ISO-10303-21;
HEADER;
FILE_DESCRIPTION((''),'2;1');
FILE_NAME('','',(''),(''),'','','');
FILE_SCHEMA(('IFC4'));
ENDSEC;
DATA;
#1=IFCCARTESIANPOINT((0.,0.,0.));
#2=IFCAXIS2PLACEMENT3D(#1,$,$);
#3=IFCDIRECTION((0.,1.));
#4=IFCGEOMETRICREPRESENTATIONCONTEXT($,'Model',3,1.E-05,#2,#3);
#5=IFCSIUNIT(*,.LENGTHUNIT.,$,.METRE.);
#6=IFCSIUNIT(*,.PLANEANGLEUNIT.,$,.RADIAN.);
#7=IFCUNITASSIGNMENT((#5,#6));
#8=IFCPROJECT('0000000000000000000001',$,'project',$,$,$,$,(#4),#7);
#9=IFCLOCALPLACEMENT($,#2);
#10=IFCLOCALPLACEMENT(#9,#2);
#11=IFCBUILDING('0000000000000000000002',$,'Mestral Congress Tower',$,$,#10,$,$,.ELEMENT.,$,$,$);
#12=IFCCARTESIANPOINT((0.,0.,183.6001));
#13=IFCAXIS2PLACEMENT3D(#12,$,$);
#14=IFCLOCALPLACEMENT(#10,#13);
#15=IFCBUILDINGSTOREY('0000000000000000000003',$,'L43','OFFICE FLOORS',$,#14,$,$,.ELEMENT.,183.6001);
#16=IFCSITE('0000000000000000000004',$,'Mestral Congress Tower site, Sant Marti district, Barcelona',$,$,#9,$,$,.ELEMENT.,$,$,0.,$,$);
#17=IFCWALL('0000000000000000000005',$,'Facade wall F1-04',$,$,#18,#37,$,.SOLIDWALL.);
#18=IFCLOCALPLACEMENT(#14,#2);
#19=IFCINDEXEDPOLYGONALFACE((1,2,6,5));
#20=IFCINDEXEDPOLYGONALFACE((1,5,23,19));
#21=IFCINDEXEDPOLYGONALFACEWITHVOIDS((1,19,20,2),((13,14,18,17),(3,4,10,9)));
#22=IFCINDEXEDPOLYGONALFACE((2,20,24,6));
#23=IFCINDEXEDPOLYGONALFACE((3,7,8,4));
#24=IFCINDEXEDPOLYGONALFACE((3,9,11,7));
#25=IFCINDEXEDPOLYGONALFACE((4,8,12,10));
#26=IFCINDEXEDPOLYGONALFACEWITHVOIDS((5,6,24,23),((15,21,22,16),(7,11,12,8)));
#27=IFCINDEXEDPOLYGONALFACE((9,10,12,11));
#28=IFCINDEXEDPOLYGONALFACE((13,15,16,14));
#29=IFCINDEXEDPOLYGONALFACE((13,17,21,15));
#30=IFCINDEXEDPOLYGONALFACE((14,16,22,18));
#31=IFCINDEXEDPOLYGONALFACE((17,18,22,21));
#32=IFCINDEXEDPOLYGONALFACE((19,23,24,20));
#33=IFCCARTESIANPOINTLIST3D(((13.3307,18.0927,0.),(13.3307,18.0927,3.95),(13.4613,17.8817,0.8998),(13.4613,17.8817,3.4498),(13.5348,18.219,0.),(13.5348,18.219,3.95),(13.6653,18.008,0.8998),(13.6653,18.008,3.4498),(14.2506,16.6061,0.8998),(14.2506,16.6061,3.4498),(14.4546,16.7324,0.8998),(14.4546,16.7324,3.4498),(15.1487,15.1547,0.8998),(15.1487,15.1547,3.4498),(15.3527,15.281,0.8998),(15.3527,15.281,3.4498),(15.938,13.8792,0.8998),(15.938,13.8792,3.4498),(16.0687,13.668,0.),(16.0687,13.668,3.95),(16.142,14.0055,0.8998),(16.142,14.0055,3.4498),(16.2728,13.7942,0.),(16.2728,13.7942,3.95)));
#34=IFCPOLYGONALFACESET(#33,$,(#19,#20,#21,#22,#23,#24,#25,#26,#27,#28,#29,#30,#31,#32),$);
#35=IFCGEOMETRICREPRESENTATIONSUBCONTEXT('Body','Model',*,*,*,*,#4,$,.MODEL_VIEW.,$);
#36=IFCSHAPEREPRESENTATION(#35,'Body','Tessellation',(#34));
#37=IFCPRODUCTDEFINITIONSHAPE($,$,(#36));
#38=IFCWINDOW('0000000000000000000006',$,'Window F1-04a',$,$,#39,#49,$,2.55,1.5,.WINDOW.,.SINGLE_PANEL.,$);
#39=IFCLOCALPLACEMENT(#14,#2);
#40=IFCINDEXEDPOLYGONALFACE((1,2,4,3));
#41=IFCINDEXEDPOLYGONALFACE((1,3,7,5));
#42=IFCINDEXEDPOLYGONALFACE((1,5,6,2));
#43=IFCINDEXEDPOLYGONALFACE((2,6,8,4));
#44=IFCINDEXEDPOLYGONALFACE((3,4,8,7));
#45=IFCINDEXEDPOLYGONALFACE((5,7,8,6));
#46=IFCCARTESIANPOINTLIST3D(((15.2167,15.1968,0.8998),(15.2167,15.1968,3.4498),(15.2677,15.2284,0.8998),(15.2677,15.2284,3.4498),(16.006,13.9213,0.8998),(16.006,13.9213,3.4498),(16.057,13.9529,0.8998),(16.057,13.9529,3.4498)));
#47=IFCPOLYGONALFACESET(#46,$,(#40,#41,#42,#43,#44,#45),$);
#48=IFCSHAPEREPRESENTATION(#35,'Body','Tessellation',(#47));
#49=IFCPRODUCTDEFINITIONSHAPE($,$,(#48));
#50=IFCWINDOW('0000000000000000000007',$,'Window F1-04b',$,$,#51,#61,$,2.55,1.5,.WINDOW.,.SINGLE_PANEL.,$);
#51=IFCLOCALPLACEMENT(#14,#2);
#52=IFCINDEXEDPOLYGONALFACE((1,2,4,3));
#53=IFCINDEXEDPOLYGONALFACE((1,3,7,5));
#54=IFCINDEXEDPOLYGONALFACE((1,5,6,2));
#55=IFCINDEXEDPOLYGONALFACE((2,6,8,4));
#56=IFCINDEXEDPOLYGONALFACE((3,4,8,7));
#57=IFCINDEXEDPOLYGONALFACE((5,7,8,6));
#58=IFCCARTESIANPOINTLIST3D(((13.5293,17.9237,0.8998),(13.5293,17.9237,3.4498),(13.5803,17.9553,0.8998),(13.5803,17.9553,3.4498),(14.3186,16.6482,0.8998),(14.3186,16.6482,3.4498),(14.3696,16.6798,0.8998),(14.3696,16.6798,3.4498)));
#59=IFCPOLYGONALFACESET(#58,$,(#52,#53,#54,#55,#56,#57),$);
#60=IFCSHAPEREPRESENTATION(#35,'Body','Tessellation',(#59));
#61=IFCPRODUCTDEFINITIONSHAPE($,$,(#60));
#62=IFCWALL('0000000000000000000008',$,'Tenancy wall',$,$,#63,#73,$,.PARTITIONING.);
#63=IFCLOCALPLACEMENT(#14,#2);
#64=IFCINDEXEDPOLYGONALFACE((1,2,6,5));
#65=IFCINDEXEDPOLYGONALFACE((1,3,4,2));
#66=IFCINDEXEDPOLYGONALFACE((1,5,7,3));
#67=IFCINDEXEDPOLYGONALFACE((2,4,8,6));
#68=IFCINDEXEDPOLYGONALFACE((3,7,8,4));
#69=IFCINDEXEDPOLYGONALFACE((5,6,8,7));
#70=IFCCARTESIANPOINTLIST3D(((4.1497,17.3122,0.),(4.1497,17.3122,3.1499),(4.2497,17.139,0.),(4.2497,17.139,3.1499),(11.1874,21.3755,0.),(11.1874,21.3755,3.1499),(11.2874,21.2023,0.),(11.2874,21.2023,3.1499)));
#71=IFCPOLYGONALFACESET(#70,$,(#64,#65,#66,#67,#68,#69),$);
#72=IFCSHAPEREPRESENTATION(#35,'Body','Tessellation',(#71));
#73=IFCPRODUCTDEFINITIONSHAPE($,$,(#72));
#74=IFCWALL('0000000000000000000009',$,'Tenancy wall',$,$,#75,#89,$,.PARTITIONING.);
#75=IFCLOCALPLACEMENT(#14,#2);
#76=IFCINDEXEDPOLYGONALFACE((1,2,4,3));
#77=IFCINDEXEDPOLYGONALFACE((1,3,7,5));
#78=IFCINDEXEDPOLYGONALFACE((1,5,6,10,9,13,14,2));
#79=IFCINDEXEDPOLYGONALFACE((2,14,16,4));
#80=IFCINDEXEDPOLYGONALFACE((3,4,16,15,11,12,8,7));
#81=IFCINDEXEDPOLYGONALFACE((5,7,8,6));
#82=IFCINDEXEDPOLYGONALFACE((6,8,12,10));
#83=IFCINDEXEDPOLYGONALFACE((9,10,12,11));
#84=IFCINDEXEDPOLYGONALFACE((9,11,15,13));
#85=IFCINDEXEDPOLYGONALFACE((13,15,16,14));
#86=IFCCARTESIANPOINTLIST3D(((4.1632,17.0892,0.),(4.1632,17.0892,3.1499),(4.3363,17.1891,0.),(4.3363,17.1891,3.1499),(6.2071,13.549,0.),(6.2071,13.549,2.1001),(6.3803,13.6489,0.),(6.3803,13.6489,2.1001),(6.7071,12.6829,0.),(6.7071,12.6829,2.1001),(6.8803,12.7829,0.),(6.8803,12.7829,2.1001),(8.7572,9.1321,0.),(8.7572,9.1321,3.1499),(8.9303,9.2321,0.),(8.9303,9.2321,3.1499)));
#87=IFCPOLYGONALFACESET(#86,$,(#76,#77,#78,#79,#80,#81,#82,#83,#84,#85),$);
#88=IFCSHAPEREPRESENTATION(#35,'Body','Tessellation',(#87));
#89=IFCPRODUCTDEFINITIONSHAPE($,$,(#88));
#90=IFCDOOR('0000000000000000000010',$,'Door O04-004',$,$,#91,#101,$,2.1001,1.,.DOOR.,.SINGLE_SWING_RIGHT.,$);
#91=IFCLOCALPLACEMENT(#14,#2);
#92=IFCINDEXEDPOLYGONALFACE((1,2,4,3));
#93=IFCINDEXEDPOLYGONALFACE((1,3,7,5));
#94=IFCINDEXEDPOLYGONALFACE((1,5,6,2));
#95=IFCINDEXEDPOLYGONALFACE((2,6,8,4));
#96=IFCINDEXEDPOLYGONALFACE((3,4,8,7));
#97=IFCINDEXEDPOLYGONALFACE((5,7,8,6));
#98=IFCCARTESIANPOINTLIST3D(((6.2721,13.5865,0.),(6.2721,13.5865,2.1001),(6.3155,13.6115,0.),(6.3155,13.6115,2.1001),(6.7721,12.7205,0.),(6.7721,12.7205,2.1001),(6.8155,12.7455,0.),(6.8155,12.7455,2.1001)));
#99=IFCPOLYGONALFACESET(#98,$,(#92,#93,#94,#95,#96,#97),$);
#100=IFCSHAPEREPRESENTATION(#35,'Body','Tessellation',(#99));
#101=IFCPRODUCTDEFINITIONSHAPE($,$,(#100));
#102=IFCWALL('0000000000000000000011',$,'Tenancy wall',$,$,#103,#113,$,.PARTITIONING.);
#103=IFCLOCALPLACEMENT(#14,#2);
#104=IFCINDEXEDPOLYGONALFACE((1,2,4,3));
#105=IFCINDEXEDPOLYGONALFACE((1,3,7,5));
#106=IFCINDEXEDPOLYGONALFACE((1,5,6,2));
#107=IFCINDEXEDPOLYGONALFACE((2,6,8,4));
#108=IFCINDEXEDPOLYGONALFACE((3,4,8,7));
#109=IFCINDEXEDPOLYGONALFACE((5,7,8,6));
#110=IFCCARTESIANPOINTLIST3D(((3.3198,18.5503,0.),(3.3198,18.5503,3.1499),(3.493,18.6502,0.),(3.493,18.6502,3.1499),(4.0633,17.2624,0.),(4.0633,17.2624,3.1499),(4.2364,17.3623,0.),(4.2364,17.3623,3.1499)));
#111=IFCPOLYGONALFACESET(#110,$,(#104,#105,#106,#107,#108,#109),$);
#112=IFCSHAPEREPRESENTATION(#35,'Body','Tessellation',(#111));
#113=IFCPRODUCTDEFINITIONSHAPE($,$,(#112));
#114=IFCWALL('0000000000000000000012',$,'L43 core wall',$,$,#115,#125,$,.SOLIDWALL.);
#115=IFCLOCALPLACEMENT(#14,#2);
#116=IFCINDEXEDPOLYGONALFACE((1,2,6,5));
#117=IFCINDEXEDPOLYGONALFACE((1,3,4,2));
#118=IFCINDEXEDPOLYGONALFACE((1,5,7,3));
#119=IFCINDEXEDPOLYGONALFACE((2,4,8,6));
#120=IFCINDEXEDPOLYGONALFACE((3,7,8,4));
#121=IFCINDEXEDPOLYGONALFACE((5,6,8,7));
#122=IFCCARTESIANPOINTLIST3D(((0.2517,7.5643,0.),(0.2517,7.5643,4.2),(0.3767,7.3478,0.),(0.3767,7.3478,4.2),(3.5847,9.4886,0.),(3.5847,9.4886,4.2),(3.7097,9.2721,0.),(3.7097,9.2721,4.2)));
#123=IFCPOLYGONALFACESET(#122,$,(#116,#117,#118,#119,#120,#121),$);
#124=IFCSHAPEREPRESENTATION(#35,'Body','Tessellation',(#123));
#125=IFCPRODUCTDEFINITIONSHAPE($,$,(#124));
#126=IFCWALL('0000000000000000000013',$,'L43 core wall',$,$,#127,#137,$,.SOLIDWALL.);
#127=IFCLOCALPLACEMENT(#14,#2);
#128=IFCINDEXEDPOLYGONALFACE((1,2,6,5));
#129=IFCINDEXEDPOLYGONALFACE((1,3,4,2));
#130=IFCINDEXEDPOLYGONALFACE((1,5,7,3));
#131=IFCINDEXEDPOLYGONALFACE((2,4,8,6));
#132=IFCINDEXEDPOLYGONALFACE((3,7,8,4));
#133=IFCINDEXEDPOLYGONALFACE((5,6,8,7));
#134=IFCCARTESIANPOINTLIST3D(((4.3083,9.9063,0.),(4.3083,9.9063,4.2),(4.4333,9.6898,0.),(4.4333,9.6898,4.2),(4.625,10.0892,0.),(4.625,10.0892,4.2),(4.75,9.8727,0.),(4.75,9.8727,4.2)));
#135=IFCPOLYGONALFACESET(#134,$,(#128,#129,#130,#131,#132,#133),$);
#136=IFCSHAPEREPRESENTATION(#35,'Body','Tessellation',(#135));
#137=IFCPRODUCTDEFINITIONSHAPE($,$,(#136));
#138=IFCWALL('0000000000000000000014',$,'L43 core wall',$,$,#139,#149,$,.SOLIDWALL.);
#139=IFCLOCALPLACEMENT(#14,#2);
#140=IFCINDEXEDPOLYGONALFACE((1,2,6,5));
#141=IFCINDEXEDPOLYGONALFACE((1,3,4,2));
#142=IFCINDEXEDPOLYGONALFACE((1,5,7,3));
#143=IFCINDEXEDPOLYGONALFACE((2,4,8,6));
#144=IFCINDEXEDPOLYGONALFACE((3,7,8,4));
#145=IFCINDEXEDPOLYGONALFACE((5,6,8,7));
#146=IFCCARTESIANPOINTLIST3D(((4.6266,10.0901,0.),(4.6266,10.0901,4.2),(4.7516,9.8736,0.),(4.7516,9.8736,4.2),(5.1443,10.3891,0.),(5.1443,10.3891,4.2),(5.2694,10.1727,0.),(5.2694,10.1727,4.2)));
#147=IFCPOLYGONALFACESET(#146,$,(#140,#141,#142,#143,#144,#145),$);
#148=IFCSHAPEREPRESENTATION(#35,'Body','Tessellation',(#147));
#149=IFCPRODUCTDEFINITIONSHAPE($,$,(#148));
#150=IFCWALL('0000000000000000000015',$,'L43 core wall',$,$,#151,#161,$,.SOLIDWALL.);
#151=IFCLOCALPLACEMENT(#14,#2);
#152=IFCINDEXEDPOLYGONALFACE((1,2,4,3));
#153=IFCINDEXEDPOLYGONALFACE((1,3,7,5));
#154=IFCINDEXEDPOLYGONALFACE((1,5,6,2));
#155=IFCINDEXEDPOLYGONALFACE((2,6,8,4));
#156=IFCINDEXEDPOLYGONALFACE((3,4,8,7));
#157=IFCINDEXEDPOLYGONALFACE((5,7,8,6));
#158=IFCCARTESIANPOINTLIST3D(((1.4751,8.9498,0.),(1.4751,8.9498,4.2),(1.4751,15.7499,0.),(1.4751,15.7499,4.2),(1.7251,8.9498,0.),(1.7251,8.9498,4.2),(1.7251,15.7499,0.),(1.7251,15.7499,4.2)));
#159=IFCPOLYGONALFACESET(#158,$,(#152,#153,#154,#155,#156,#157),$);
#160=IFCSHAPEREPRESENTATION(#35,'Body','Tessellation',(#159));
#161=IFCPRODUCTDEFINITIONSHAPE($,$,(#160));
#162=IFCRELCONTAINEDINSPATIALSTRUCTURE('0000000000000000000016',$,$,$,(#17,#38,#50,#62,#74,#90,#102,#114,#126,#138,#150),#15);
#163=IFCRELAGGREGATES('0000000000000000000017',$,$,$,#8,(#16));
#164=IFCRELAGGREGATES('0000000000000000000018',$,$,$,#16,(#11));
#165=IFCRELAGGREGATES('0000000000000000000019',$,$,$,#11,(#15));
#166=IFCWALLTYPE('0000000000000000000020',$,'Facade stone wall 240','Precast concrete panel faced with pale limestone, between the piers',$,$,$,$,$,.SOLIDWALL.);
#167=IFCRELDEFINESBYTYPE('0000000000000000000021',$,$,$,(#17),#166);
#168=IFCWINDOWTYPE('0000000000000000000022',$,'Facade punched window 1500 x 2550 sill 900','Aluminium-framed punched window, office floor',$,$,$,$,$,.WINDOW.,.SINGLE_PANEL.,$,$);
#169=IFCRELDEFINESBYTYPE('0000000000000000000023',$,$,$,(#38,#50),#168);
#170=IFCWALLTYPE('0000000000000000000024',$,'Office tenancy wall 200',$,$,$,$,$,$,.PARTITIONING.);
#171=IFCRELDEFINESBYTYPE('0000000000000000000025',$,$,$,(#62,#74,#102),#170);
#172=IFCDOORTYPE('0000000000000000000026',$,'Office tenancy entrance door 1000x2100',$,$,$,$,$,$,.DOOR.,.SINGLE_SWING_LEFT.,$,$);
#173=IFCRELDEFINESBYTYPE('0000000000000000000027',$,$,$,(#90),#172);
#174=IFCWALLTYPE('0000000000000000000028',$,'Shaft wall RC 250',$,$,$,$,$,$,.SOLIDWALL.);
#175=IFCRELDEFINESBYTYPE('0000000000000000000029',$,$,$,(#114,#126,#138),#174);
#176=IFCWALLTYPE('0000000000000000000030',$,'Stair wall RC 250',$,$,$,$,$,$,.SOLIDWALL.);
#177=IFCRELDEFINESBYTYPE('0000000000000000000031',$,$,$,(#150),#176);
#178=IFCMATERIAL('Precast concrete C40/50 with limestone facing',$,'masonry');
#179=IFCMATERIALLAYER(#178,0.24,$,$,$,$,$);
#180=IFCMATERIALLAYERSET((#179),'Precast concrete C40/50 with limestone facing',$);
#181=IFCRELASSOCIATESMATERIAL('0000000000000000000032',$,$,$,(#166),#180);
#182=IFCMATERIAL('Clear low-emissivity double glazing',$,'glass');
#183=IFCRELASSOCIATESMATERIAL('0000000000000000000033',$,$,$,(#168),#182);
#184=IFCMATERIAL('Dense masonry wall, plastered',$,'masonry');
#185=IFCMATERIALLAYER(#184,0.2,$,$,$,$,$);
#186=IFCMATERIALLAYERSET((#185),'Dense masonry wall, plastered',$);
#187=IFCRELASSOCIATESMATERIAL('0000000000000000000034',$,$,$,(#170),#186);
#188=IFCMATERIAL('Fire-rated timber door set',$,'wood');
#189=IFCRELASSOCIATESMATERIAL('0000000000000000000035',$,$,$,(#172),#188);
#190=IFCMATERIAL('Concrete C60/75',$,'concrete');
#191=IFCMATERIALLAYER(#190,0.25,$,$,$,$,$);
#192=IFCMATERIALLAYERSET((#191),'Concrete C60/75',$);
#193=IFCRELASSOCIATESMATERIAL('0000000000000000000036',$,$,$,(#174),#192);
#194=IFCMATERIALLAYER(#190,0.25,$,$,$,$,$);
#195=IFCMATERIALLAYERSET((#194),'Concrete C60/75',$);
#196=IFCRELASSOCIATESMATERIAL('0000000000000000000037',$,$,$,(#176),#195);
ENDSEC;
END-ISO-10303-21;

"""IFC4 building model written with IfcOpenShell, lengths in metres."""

from ifc_helpers import new_model, si_unit, direction, frame, frame_2d, origin, place, context, subcontext, project, spatial, rectangle, extrude, material, layer, layer_set, type_object, element, fill, save


model = new_model("IFC4")

# Units and contexts
model_context = context("Model", 3, precision=1e-05, world=origin(), true_north=direction((0.0, 1.0)))
body_context = subcontext(model_context, "Body", "Model", "MODEL_VIEW")
ifc_project = project(units=[si_unit("LENGTHUNIT", "METRE"), si_unit("PLANEANGLEUNIT", "RADIAN")], contexts=[model_context])

# Site, building, storey
site_placement = place(None, origin())
site = spatial("IfcSite", under=ifc_project, at=site_placement, Name="Mestral Congress Tower site, Sant Marti district, Barcelona", CompositionType="ELEMENT", RefElevation=0.0)
building_placement = place(site_placement, origin())
building = spatial("IfcBuilding", under=site, at=building_placement, Name="Mestral Congress Tower", CompositionType="ELEMENT")
storey_placement = place(building_placement, frame((0.0, 0.0, 183.6001)))
storey = spatial("IfcBuildingStorey", under=building, at=storey_placement, Name="L43", Description="OFFICE FLOORS", CompositionType="ELEMENT", Elevation=183.6001)

# Shared definitions
ifc_material_1 = material(Name="Concrete C60/75", Category="concrete")

# Wall, openings, windows
ifc_material_2 = material(Name="Precast concrete C40/50 with limestone facing", Category="masonry")
ifc_layer_1 = layer(ifc_material_2, 0.24)
ifc_layer_set_1 = layer_set([ifc_layer_1], Name="Precast concrete C40/50 with limestone facing")
wall_type_1 = type_object("IfcWallType", Name="Facade stone wall 240", Description="Precast concrete panel faced with pale limestone, between the piers", PredefinedType="SOLIDWALL", material=ifc_layer_set_1)
wall_1_placement = place(storey_placement, frame((16.1707, 13.7312, 0.0), z_axis=(0.0, 0.0, 1.0), x_axis=(-0.526198, 0.850362, 0.0)))
wall_1 = element("IfcWall", 1, at=wall_1_placement, inside=storey, type_object=wall_type_1, Name="Facade wall F1-04", PredefinedType="SOLIDWALL", context=body_context, shape_type="SweptSolid", body=[
    extrude(rectangle(XDim=5.2034, YDim=0.24, at=frame_2d((2.6016, 0.0))), origin(), (0.0, 0.0, 1.0), 3.95),
])
opening_1_placement = place(wall_1_placement, frame((0.2483, 0.0, 0.8999)))
opening_1 = element("IfcOpeningElement", 2, at=opening_1_placement, cuts=wall_1, PredefinedType="OPENING", context=body_context, shape_type="SweptSolid", body=[
    extrude(rectangle(XDim=1.5, YDim=2.55, at=frame_2d((0.75, 1.2749))), frame((0.0, 0.1299, 0.0), z_axis=(0.0, -1.0, 0.0), x_axis=(1.0, 0.0, 0.0)), (0.0, 0.0, 1.0), 0.26),
])
opening_2_placement = place(wall_1_placement, frame((3.4551, 0.0, 0.8999)))
opening_2 = element("IfcOpeningElement", 3, at=opening_2_placement, cuts=wall_1, PredefinedType="OPENING", context=body_context, shape_type="SweptSolid", body=[
    extrude(rectangle(XDim=1.5, YDim=2.55, at=frame_2d((0.75, 1.2749))), frame((0.0, 0.1299, 0.0), z_axis=(0.0, -1.0, 0.0), x_axis=(1.0, 0.0, 0.0)), (0.0, 0.0, 1.0), 0.26),
])
ifc_material_3 = material(Name="Clear low-emissivity double glazing", Category="glass")
window_type = type_object("IfcWindowType", Name="Facade punched window 1500 x 2550 sill 900", Description="Aluminium-framed punched window, office floor", PartitioningType="SINGLE_PANEL", PredefinedType="WINDOW", material=ifc_material_3)
window_1_placement = place(opening_1_placement, origin())
window_1 = element("IfcWindow", 4, at=window_1_placement, inside=storey, type_object=window_type, Name="Window F1-04a", OverallHeight=2.55, OverallWidth=1.5, PartitioningType="SINGLE_PANEL", PredefinedType="WINDOW", context=body_context, shape_type="SweptSolid", body=[
    extrude(rectangle(XDim=1.5, YDim=2.55, at=frame_2d((0.75, 1.2749))), frame((0.0, 0.04, 0.0), z_axis=(0.0, -1.0, 0.0), x_axis=(1.0, 0.0, 0.0)), (0.0, 0.0, 1.0), 0.0601),
])
fill(opening_1, window_1)
window_2_placement = place(opening_2_placement, origin())
window_2 = element("IfcWindow", 5, at=window_2_placement, inside=storey, type_object=window_type, Name="Window F1-04b", OverallHeight=2.55, OverallWidth=1.5, PartitioningType="SINGLE_PANEL", PredefinedType="WINDOW", context=body_context, shape_type="SweptSolid", body=[
    extrude(rectangle(XDim=1.5, YDim=2.55, at=frame_2d((0.75, 1.2749))), frame((0.0, 0.04, 0.0), z_axis=(0.0, -1.0, 0.0), x_axis=(1.0, 0.0, 0.0)), (0.0, 0.0, 1.0), 0.0601),
])
fill(opening_2, window_2)

# Wall
ifc_material_4 = material(Name="Dense masonry wall, plastered", Category="masonry")
ifc_layer_2 = layer(ifc_material_4, 0.2)
ifc_layer_set_2 = layer_set([ifc_layer_2], Name="Dense masonry wall, plastered")
wall_type_2 = type_object("IfcWallType", Name="Office tenancy wall 200", PredefinedType="PARTITIONING", material=ifc_layer_set_2)
wall_2_placement = place(storey_placement, frame((4.1997, 17.2256, 0.0), z_axis=(0.0, 0.0, 1.0), x_axis=(0.866021, 0.500007, 0.0)))
element("IfcWall", 6, at=wall_2_placement, inside=storey, type_object=wall_type_2, Name="Tenancy wall", PredefinedType="PARTITIONING", context=body_context, shape_type="SweptSolid", body=[
    extrude(rectangle(XDim=8.1265, YDim=0.2, at=frame_2d((4.0632, 0.0))), origin(), (0.0, 0.0, 1.0), 3.1499),
])

# Wall, opening, door
wall_3_placement = place(storey_placement, frame((8.8438, 9.1821, 0.0), z_axis=(0.0, 0.0, 1.0), x_axis=(-0.5, 0.866025, 0.0)))
wall_3 = element("IfcWall", 7, at=wall_3_placement, inside=storey, type_object=wall_type_2, Name="Tenancy wall", PredefinedType="PARTITIONING", context=body_context, shape_type="SweptSolid", body=[
    extrude(rectangle(XDim=9.188, YDim=0.2, at=frame_2d((4.594, 0.0))), origin(), (0.0, 0.0, 1.0), 3.1499),
])
opening_3_placement = place(wall_3_placement, frame((4.1001, 0.0, 0.0)))
opening_3 = element("IfcOpeningElement", 8, at=opening_3_placement, cuts=wall_3, PredefinedType="OPENING", context=body_context, shape_type="SweptSolid", body=[
    extrude(rectangle(XDim=1.0, YDim=2.1001, at=frame_2d((0.5, 1.05))), frame((0.0, 0.1099, 0.0), z_axis=(0.0, -1.0, 0.0), x_axis=(1.0, 0.0, 0.0)), (0.0, 0.0, 1.0), 0.22),
])
ifc_material_5 = material(Name="Fire-rated timber door set", Category="wood")
door_type_1 = type_object("IfcDoorType", Name="Office tenancy entrance door 1000x2100", OperationType="SINGLE_SWING_LEFT", PredefinedType="DOOR", material=ifc_material_5)
door_1_placement = place(opening_3_placement, origin())
door_1 = element("IfcDoor", 9, at=door_1_placement, inside=storey, type_object=door_type_1, Name="Door O04-004", OperationType="SINGLE_SWING_RIGHT", OverallHeight=2.1001, OverallWidth=1.0, PredefinedType="DOOR", context=body_context, shape_type="SweptSolid", body=[
    extrude(rectangle(XDim=1.0, YDim=2.1001, at=frame_2d((0.5, 1.05))), frame((0.0, 0.0249, 0.0), z_axis=(0.0, -1.0, 0.0), x_axis=(1.0, 0.0, 0.0)), (0.0, 0.0, 1.0), 0.05),
])
fill(opening_3, door_1)

# Walls
wall_4_placement = place(storey_placement, frame((4.1499, 17.3123, 0.0), z_axis=(0.0, 0.0, 1.0), x_axis=(-0.499936, 0.866063, 0.0)))
element("IfcWall", 10, at=wall_4_placement, inside=storey, type_object=wall_type_2, Name="Tenancy wall", PredefinedType="PARTITIONING", context=body_context, shape_type="SweptSolid", body=[
    extrude(rectangle(XDim=1.4871, YDim=0.2, at=frame_2d((0.7437, 0.0))), origin(), (0.0, 0.0, 1.0), 3.1499),
])
ifc_layer_3 = layer(ifc_material_1, 0.25)
ifc_layer_set_3 = layer_set([ifc_layer_3], Name="Concrete C60/75")
wall_type_3 = type_object("IfcWallType", Name="Shaft wall RC 250", PredefinedType="SOLIDWALL", material=ifc_layer_set_3)
wall_5_placement = place(storey_placement, frame((3.6472, 9.3804, 0.0), z_axis=(0.0, 0.0, 1.0), x_axis=(-0.866025, -0.500001, 0.0)))
element("IfcWall", 11, at=wall_5_placement, inside=storey, type_object=wall_type_3, Name="L43 core wall", PredefinedType="SOLIDWALL", context=body_context, shape_type="SweptSolid", body=[
    extrude(rectangle(XDim=3.8486, YDim=0.25, at=frame_2d((1.9243, 0.0))), origin(), (0.0, 0.0, 1.0), 4.2),
])
wall_6_placement = place(storey_placement, frame((4.6875, 9.981, 0.0), z_axis=(0.0, 0.0, 1.0), x_axis=(-0.865974, -0.500088, 0.0)))
element("IfcWall", 12, at=wall_6_placement, inside=storey, type_object=wall_type_3, Name="L43 core wall", PredefinedType="SOLIDWALL", context=body_context, shape_type="SweptSolid", body=[
    extrude(rectangle(XDim=0.3657, YDim=0.25, at=frame_2d((0.1829, 0.0))), origin(), (0.0, 0.0, 1.0), 4.2),
])
wall_7_placement = place(storey_placement, frame((4.6892, 9.9819, 0.0), z_axis=(0.0, 0.0, 1.0), x_axis=(0.865948, 0.500135, 0.0)))
element("IfcWall", 13, at=wall_7_placement, inside=storey, type_object=wall_type_3, Name="L43 core wall", PredefinedType="SOLIDWALL", context=body_context, shape_type="SweptSolid", body=[
    extrude(rectangle(XDim=0.5979, YDim=0.25, at=frame_2d((0.2988, 0.0))), origin(), (0.0, 0.0, 1.0), 4.2),
])
ifc_layer_4 = layer(ifc_material_1, 0.25)
ifc_layer_set_4 = layer_set([ifc_layer_4], Name="Concrete C60/75")
wall_type_4 = type_object("IfcWallType", Name="Stair wall RC 250", PredefinedType="SOLIDWALL", material=ifc_layer_set_4)
wall_8_placement = place(storey_placement, frame((1.6001, 8.95, 0.0), z_axis=(0.0, 0.0, 1.0), x_axis=(0.0, 1.0, 0.0)))
element("IfcWall", 14, at=wall_8_placement, inside=storey, type_object=wall_type_4, Name="L43 core wall", PredefinedType="SOLIDWALL", context=body_context, shape_type="SweptSolid", body=[
    extrude(rectangle(XDim=6.8, YDim=0.25, at=frame_2d((3.3999, 0.0))), origin(), (0.0, 0.0, 1.0), 4.2),
])

save(model, "model.ifc")
